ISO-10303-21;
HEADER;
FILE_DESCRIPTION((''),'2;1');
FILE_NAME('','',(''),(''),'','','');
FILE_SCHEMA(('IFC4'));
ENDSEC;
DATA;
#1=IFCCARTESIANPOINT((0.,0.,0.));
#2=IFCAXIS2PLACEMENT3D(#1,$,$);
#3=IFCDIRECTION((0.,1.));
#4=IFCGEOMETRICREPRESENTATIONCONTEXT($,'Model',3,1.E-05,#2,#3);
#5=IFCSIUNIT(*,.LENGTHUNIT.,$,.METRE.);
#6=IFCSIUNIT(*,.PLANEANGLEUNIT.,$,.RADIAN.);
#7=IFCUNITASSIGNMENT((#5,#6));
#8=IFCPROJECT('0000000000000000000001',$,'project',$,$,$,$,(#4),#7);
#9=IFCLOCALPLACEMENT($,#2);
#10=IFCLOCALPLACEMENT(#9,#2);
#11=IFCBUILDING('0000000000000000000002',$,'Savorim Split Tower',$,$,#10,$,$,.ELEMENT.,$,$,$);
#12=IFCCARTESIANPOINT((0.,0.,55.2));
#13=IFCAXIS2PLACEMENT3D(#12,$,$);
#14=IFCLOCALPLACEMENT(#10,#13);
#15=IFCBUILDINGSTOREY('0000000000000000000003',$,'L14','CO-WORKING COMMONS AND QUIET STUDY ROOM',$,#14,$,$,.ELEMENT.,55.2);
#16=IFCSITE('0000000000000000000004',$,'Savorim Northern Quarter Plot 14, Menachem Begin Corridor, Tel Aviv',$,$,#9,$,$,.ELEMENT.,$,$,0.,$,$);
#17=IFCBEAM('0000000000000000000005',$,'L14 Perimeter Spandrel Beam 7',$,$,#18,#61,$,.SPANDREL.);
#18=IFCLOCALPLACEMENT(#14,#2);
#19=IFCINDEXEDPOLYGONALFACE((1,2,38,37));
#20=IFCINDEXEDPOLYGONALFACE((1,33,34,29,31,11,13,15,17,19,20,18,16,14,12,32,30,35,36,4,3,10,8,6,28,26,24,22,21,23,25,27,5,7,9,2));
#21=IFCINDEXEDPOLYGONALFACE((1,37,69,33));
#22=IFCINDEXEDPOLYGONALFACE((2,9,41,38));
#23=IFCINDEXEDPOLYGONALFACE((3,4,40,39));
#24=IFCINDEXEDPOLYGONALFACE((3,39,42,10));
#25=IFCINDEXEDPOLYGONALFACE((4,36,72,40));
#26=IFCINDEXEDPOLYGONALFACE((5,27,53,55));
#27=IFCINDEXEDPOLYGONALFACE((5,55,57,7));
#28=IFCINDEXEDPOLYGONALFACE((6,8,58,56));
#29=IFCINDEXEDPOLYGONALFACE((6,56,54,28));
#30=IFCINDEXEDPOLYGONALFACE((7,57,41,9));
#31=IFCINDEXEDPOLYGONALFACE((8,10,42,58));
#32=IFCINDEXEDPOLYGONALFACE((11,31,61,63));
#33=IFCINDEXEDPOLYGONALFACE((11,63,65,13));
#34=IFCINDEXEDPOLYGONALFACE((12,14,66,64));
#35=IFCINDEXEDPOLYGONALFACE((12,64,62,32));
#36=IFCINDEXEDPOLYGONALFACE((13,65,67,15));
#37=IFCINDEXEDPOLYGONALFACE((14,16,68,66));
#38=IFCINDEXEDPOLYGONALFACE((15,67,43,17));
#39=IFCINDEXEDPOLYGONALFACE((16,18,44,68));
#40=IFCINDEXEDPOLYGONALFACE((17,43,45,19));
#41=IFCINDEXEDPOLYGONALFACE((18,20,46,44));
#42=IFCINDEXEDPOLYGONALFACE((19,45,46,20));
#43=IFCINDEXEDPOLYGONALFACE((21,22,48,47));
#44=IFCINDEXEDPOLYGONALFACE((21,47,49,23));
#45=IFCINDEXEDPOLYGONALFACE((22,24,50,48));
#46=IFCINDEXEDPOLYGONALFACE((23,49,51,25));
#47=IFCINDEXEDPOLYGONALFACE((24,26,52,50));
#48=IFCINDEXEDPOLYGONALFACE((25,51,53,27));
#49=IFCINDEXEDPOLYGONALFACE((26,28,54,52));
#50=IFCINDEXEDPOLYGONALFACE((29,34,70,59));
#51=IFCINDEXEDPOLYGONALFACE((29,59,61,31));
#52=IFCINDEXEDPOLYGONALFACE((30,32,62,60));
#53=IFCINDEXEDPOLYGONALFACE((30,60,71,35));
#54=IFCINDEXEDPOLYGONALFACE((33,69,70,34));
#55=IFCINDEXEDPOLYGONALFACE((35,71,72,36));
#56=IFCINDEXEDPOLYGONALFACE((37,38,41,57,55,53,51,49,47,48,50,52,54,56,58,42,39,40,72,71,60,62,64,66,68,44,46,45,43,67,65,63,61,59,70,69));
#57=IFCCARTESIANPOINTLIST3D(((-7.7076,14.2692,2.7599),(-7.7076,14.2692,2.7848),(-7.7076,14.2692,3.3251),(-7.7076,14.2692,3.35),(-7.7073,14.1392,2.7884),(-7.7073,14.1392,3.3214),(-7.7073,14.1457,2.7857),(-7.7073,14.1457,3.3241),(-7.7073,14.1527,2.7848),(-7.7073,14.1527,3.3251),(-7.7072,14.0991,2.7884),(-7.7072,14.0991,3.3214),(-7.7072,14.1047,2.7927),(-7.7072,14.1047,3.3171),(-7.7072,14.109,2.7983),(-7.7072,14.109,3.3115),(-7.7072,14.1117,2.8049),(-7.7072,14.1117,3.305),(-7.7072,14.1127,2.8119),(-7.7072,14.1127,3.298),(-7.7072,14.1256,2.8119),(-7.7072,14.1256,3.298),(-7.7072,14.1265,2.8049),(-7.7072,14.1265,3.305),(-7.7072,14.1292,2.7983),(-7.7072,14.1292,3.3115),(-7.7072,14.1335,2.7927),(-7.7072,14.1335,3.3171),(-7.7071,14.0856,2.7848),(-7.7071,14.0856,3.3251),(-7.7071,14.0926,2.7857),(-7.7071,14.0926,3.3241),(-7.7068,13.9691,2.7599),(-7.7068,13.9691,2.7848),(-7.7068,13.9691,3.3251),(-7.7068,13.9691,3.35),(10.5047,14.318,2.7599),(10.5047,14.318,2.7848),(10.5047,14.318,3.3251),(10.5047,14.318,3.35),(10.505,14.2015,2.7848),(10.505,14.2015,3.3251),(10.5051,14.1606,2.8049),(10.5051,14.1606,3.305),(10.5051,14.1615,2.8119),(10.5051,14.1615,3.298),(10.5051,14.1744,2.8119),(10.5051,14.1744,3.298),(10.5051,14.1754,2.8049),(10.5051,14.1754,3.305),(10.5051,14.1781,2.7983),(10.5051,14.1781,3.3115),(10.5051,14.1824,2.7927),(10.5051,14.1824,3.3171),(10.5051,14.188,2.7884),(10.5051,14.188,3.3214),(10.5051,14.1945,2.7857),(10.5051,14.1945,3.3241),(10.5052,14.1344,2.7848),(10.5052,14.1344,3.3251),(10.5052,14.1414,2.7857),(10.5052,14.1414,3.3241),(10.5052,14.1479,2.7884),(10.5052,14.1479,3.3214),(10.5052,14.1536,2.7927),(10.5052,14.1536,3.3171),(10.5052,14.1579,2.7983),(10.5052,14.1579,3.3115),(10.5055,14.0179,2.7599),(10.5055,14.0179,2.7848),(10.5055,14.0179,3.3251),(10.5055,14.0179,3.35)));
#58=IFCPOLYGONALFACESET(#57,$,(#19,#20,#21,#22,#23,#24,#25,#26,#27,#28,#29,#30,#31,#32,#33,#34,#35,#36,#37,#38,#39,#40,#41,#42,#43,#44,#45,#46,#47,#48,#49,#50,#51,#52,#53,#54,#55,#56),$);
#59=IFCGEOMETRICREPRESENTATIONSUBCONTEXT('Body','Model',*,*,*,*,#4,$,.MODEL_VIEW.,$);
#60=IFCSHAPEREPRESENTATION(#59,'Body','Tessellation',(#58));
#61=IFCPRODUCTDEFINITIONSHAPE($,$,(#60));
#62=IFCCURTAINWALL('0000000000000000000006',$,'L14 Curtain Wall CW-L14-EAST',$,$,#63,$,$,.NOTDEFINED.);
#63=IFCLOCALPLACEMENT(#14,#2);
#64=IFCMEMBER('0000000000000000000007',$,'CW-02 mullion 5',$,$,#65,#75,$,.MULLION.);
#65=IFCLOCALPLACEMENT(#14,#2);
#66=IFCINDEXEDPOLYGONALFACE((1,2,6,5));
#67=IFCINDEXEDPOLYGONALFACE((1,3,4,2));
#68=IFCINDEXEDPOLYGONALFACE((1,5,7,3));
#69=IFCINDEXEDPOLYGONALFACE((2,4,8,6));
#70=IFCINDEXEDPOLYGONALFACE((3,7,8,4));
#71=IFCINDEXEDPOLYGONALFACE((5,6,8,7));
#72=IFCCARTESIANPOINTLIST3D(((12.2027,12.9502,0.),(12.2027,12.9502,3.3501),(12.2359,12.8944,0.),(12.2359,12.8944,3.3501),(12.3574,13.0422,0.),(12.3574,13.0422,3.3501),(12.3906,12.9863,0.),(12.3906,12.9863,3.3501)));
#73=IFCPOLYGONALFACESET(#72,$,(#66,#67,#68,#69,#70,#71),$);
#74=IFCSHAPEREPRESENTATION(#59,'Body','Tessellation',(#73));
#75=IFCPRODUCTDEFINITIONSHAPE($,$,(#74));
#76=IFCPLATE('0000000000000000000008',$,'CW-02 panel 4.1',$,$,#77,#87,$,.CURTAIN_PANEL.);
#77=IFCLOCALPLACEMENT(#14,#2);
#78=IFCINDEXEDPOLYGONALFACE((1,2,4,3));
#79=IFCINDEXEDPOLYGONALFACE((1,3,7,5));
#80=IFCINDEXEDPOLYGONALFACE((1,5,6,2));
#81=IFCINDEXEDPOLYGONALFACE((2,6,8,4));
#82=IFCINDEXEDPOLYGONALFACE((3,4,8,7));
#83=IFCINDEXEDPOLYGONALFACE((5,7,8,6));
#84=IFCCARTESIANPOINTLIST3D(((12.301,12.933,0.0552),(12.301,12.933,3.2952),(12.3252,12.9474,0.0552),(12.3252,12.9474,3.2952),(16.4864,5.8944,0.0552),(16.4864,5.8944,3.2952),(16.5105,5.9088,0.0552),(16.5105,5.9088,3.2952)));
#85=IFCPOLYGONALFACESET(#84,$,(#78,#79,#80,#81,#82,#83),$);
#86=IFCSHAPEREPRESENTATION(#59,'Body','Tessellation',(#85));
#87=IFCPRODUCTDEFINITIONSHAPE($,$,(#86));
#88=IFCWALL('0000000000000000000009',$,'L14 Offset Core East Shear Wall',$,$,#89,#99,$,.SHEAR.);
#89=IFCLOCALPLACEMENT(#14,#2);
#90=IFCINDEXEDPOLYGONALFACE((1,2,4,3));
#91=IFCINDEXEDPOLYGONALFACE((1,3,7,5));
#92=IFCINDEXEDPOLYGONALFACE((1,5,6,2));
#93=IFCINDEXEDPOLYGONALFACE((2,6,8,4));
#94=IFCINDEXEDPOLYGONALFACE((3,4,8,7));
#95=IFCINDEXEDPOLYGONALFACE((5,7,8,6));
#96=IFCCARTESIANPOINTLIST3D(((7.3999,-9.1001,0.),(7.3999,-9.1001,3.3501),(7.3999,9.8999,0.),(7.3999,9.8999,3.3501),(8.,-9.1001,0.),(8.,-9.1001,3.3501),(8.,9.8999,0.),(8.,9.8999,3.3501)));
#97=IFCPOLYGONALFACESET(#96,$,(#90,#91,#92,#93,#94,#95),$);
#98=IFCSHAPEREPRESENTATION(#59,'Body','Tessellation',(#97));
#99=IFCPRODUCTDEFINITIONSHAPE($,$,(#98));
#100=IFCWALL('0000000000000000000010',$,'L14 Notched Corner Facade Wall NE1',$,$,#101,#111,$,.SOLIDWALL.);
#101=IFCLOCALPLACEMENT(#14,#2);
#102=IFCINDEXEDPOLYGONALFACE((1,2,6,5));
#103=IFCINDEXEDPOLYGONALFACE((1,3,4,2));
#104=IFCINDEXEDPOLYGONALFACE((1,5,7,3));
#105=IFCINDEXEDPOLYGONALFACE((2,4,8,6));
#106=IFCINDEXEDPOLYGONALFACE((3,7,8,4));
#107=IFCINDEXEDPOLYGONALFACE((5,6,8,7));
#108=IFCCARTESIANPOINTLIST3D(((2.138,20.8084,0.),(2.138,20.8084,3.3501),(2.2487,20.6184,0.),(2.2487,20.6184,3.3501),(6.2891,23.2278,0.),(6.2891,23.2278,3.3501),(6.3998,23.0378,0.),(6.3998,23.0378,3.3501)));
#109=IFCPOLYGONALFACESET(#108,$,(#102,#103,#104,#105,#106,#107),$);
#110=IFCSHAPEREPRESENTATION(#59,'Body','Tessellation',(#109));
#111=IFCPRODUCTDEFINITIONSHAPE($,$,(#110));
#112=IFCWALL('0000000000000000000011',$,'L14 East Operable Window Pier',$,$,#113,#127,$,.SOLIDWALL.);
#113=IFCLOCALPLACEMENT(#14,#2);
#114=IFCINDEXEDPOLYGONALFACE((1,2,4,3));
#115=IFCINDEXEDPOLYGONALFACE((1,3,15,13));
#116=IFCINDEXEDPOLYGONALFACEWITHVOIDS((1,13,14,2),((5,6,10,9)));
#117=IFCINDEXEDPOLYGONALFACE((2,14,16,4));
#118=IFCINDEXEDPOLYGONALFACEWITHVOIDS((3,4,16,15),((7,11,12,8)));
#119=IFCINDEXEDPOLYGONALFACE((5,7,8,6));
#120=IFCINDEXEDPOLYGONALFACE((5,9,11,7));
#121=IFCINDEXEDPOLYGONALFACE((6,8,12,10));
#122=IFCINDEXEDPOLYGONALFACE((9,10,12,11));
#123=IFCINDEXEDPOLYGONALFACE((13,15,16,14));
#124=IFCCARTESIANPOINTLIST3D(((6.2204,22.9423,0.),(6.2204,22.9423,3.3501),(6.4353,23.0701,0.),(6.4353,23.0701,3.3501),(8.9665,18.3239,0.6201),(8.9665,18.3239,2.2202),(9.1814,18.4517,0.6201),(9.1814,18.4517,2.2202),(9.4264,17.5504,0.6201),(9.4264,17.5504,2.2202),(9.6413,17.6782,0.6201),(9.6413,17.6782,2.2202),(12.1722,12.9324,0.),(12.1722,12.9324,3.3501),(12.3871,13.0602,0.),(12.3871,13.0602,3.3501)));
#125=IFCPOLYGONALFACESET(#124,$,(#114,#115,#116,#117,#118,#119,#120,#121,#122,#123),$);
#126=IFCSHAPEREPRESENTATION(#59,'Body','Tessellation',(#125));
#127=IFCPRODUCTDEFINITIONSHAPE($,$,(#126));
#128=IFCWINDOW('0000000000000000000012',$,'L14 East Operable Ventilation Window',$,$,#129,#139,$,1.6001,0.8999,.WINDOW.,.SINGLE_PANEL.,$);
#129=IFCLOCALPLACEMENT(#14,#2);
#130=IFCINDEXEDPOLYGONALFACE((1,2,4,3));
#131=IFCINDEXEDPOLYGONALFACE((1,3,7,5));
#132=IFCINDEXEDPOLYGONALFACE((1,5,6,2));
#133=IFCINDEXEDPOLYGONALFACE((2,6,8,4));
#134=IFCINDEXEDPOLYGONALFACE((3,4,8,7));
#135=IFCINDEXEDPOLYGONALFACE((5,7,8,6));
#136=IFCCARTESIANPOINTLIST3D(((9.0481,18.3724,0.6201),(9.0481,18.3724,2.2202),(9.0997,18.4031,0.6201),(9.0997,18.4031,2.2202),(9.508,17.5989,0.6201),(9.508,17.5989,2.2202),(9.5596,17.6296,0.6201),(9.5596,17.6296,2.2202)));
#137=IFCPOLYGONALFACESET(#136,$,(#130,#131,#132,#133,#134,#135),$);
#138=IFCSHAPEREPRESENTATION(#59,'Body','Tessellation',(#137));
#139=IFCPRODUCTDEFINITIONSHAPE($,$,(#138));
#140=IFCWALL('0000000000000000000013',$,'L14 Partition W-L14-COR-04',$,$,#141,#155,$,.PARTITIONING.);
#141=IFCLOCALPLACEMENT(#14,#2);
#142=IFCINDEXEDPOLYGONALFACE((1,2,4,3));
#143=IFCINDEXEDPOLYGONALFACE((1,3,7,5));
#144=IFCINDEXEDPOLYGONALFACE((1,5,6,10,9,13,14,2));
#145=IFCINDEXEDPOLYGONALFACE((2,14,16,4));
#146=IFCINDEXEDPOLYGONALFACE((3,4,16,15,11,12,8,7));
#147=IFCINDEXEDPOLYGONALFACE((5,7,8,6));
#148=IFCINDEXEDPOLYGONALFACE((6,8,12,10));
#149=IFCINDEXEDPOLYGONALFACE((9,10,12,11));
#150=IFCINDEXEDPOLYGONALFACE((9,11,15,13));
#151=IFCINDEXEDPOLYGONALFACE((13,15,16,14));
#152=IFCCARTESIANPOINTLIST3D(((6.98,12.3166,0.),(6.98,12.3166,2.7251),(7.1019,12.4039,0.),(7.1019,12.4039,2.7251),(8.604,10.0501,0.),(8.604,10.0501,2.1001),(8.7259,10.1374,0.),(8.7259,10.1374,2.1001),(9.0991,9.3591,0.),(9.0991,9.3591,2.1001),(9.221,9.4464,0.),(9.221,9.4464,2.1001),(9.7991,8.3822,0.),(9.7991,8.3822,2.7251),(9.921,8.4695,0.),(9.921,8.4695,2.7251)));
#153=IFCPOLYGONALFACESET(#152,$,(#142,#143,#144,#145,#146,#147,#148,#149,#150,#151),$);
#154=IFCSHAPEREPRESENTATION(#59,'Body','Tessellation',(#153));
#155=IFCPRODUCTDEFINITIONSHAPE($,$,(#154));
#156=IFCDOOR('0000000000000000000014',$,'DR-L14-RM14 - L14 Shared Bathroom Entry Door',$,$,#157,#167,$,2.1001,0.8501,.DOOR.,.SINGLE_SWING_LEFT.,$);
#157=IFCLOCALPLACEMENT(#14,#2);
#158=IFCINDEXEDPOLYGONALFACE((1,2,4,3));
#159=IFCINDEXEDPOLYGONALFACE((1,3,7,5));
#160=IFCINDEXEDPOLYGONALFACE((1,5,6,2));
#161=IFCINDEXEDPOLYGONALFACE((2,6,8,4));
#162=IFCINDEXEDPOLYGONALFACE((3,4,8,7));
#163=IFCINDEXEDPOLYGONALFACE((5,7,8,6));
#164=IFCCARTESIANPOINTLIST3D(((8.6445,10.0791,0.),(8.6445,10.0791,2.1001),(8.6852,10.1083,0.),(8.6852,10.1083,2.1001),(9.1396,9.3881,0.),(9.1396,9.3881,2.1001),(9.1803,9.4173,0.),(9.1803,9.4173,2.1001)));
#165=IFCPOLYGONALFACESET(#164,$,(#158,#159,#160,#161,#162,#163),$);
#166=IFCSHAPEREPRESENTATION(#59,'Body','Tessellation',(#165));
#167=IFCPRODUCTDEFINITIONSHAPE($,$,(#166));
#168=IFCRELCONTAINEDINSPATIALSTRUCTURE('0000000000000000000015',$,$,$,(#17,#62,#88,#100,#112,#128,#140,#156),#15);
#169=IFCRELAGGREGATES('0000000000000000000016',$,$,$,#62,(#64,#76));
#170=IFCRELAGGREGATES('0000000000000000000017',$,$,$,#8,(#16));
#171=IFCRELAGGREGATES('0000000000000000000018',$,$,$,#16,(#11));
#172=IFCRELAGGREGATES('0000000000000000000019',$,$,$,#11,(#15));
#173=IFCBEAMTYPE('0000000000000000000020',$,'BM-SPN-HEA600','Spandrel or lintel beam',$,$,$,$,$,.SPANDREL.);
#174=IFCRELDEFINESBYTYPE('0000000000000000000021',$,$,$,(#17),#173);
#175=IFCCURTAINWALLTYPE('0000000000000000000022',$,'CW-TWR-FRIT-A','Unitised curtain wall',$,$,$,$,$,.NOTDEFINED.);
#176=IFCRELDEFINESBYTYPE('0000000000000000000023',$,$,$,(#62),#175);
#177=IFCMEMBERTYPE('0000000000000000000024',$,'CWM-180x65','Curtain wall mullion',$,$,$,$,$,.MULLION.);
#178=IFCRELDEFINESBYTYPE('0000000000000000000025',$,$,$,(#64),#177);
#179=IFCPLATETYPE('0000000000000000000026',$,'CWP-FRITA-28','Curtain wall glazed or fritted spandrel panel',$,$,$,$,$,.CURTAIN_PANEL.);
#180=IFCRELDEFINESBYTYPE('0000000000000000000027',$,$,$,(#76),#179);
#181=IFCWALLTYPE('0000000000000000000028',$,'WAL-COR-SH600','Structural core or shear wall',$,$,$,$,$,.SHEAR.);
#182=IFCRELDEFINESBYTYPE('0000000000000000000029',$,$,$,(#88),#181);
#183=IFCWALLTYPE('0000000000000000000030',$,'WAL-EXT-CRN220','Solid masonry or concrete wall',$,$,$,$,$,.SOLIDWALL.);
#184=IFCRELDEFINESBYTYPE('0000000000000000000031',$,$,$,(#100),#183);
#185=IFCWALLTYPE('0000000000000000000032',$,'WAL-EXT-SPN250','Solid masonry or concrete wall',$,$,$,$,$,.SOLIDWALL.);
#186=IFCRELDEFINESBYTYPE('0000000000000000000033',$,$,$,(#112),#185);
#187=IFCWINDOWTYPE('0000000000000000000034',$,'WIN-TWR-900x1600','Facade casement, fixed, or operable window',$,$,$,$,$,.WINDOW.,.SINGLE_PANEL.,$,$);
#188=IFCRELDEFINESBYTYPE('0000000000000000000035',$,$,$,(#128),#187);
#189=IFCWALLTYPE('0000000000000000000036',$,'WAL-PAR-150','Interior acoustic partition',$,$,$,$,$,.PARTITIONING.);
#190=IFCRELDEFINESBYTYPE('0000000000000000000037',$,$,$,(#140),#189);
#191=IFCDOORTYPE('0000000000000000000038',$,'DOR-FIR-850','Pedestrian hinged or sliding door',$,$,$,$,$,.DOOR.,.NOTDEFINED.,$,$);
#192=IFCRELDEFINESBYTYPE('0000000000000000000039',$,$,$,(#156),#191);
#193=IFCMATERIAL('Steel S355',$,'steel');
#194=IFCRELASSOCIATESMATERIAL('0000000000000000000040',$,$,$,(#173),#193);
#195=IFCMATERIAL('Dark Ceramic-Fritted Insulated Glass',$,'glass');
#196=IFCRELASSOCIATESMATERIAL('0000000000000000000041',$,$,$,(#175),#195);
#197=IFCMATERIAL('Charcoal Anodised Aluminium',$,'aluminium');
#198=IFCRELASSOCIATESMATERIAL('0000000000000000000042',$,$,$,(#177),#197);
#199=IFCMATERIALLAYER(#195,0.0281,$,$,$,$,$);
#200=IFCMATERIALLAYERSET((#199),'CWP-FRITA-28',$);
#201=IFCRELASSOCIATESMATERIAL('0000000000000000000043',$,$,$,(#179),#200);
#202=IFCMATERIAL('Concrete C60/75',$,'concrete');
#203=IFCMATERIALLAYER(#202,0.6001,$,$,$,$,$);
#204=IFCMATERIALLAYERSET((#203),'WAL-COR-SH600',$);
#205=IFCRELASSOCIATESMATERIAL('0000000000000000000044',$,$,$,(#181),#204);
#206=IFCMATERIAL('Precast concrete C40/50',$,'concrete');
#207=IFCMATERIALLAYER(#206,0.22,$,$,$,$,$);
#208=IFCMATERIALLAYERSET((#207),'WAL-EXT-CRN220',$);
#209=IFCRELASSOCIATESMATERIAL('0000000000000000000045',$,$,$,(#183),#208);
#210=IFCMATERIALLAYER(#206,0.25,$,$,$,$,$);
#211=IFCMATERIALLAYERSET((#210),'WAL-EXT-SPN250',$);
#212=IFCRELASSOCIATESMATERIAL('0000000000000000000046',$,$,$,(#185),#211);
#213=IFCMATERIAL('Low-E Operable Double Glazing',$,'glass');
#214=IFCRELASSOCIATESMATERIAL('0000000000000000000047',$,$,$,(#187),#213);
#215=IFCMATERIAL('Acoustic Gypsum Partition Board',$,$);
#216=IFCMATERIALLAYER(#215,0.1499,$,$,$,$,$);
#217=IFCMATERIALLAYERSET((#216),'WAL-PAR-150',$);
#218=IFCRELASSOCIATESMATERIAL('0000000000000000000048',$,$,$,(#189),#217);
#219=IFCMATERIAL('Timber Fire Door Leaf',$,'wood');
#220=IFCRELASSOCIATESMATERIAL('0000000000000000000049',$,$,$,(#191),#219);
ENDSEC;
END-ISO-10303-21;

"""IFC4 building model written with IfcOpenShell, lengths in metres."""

from ifc_helpers import new_model, si_unit, direction, frame, frame_2d, origin, origin_2d, place, context, subcontext, project, spatial, rectangle, i_section, extrude, material, layer, layer_set, material_profile, profile_set, type_object, element, fill, aggregate, save


model = new_model("IFC4")

# Units and contexts
model_context = context("Model", 3, precision=1e-05, world=origin(), true_north=direction((0.0, 1.0)))
body_context = subcontext(model_context, "Body", "Model", "MODEL_VIEW")
ifc_project = project(units=[si_unit("LENGTHUNIT", "METRE"), si_unit("PLANEANGLEUNIT", "RADIAN")], contexts=[model_context])

# Site, building, storey
site_placement = place(None, origin())
site = spatial("IfcSite", under=ifc_project, at=site_placement, Name="Savorim Northern Quarter Plot 14, Menachem Begin Corridor, Tel Aviv", CompositionType="ELEMENT", RefElevation=0.0)
building_placement = place(site_placement, origin())
building = spatial("IfcBuilding", under=site, at=building_placement, Name="Savorim Split Tower", CompositionType="ELEMENT")
storey_placement = place(building_placement, frame((0.0, 0.0, 55.2)))
storey = spatial("IfcBuildingStorey", under=building, at=storey_placement, Name="L14", Description="CO-WORKING COMMONS AND QUIET STUDY ROOM", CompositionType="ELEMENT", Elevation=55.2)

# Beam
ifc_material_1 = material(Name="Steel S355", Category="steel")
ifc_material_profile_1 = material_profile(ifc_material_1, i_section(OverallWidth=0.3, OverallDepth=0.5901, WebThickness=0.0129, FlangeThickness=0.0249, FilletRadius=0.0271, at=origin_2d()), Name="HEA 600")
ifc_profile_set_1 = profile_set([ifc_material_profile_1], Name="Steel S355")
beam_type_1 = type_object("IfcBeamType", Name="BM-SPN-HEA600", Description="Spandrel or lintel beam", PredefinedType="SPANDREL", material=ifc_profile_set_1)
beam_1_placement = place(storey_placement, frame((10.5051, 14.168, 3.0549), z_axis=(-0.999996, -0.002681, 0.0), x_axis=(0.002681, -0.999996, 0.0)))
element("IfcBeam", 1, at=beam_1_placement, inside=storey, type_object=beam_type_1, Name="L14 Perimeter Spandrel Beam 7", PredefinedType="SPANDREL", context=body_context, shape_type="SweptSolid", body=[
    extrude(i_section(OverallWidth=0.3, OverallDepth=0.5901, WebThickness=0.0129, FlangeThickness=0.0249, FilletRadius=0.0271, at=origin_2d()), origin(), (0.0, 0.0, 1.0), 18.2124),
])

# Curtain wall, member, plate
ifc_material_2 = material(Name="Dark Ceramic-Fritted Insulated Glass", Category="glass")
curtain_wall_type = type_object("IfcCurtainWallType", Name="CW-TWR-FRIT-A", Description="Unitised curtain wall", PredefinedType="NOTDEFINED", material=ifc_material_2)
curtain_wall_placement = place(storey_placement, origin())
curtain_wall = element("IfcCurtainWall", 2, at=curtain_wall_placement, inside=storey, type_object=curtain_wall_type, Name="L14 Curtain Wall CW-L14-EAST", PredefinedType="NOTDEFINED")
ifc_material_3 = material(Name="Charcoal Anodised Aluminium", Category="aluminium")
ifc_material_profile_2 = material_profile(ifc_material_3, rectangle(XDim=0.1799, YDim=0.0649, at=origin_2d()), Name="ALU-M 180x65")
ifc_profile_set_2 = profile_set([ifc_material_profile_2], Name="Charcoal Anodised Aluminium")
member_type = type_object("IfcMemberType", Name="CWM-180x65", Description="Curtain wall mullion", PredefinedType="MULLION", material=ifc_profile_set_2)
member_placement = place(storey_placement, frame((12.2966, 12.9683, 0.0), z_axis=(0.0, 0.0, 1.0), x_axis=(-0.859526, -0.511092, 0.0)))
member = element("IfcMember", 3, at=member_placement, type_object=member_type, Name="CW-02 mullion 5", PredefinedType="MULLION", context=body_context, shape_type="SweptSolid", body=[
    extrude(rectangle(XDim=0.1799, YDim=0.0649, at=origin_2d()), origin(), (0.0, 0.0, 1.0), 3.3501),
])
ifc_layer_1 = layer(ifc_material_2, 0.0281)
ifc_layer_set_1 = layer_set([ifc_layer_1], Name="CWP-FRITA-28")
plate_type = type_object("IfcPlateType", Name="CWP-FRITA-28", Description="Curtain wall glazed or fritted spandrel panel", PredefinedType="CURTAIN_PANEL", material=ifc_layer_set_1)
plate_placement = place(storey_placement, frame((14.4058, 9.4209, 0.0552), z_axis=(0.0, 0.0, 1.0), x_axis=(-0.511092, 0.859526, 0.0)))
plate = element("IfcPlate", 4, at=plate_placement, type_object=plate_type, Name="CW-02 panel 4.1", PredefinedType="CURTAIN_PANEL", context=body_context, shape_type="SweptSolid", body=[
    extrude(rectangle(XDim=8.189, YDim=0.0281, at=origin_2d()), origin(), (0.0, 0.0, 1.0), 3.24),
])
aggregate(curtain_wall, [member, plate])

# Shared definitions
ifc_material_4 = material(Name="Concrete C60/75", Category="concrete")
ifc_layer_2 = layer(ifc_material_4, 0.6001)
ifc_layer_set_2 = layer_set([ifc_layer_2], Name="WAL-COR-SH600")
wall_type_1 = type_object("IfcWallType", Name="WAL-COR-SH600", Description="Structural core or shear wall", PredefinedType="SHEAR", material=ifc_layer_set_2)
ifc_material_5 = material(Name="Timber Fire Door Leaf", Category="wood")

# Walls
wall_1_placement = place(storey_placement, frame((7.7, 9.8999, 0.0), z_axis=(0.0, 0.0, 1.0), x_axis=(0.0, -1.0, 0.0)))
element("IfcWall", 5, at=wall_1_placement, inside=storey, type_object=wall_type_1, Name="L14 Offset Core East Shear Wall", PredefinedType="SHEAR", context=body_context, shape_type="SweptSolid", body=[
    extrude(rectangle(XDim=19.0, YDim=0.6001, at=frame_2d((9.5, 0.0))), origin(), (0.0, 0.0, 1.0), 3.3501),
])
ifc_material_6 = material(Name="Precast concrete C40/50", Category="concrete")
ifc_layer_3 = layer(ifc_material_6, 0.22)
ifc_layer_set_3 = layer_set([ifc_layer_3], Name="WAL-EXT-CRN220")
wall_type_2 = type_object("IfcWallType", Name="WAL-EXT-CRN220", Description="Solid masonry or concrete wall", PredefinedType="SOLIDWALL", material=ifc_layer_set_3)
wall_2_placement = place(storey_placement, frame((2.1934, 20.7134, 0.0), z_axis=(0.0, 0.0, 1.0), x_axis=(0.863965, 0.503552, 0.0)))
element("IfcWall", 6, at=wall_2_placement, inside=storey, type_object=wall_type_2, Name="L14 Notched Corner Facade Wall NE1", PredefinedType="SOLIDWALL", context=body_context, shape_type="SweptSolid", body=[
    extrude(rectangle(XDim=4.8047, YDim=0.22, at=frame_2d((2.4023, 0.0))), origin(), (0.0, 0.0, 1.0), 3.3501),
])

# Wall, opening, window
ifc_layer_4 = layer(ifc_material_6, 0.25)
ifc_layer_set_4 = layer_set([ifc_layer_4], Name="WAL-EXT-SPN250")
wall_type_3 = type_object("IfcWallType", Name="WAL-EXT-SPN250", Description="Solid masonry or concrete wall", PredefinedType="SOLIDWALL", material=ifc_layer_set_4)
wall_3_placement = place(storey_placement, frame((6.3279, 23.0061, 0.0), z_axis=(0.0, 0.0, 1.0), x_axis=(0.511076, -0.859536, 0.0)))
wall_3 = element("IfcWall", 7, at=wall_3_placement, inside=storey, type_object=wall_type_3, Name="L14 East Operable Window Pier", PredefinedType="SOLIDWALL", context=body_context, shape_type="SweptSolid", body=[
    extrude(rectangle(XDim=11.6458, YDim=0.25, at=frame_2d((5.8228, 0.0))), origin(), (0.0, 0.0, 1.0), 3.3501),
])
opening_1_placement = place(wall_3_placement, frame((5.373, 0.0, 0.6201)))
opening_1 = element("IfcOpeningElement", 8, at=opening_1_placement, cuts=wall_3, PredefinedType="OPENING", context=body_context, shape_type="SweptSolid", body=[
    extrude(rectangle(XDim=0.8999, YDim=1.6001, at=frame_2d((0.45, 0.8))), frame((0.0, 0.135, 0.0), z_axis=(0.0, -1.0, 0.0), x_axis=(1.0, 0.0, 0.0)), (0.0, 0.0, 1.0), 0.27),
])
ifc_material_7 = material(Name="Low-E Operable Double Glazing", Category="glass")
window_type = type_object("IfcWindowType", Name="WIN-TWR-900x1600", Description="Facade casement, fixed, or operable window", PartitioningType="SINGLE_PANEL", PredefinedType="WINDOW", material=ifc_material_7)
window_placement = place(opening_1_placement, origin())
window = element("IfcWindow", 9, at=window_placement, inside=storey, type_object=window_type, Name="L14 East Operable Ventilation Window", OverallHeight=1.6001, OverallWidth=0.8999, PartitioningType="SINGLE_PANEL", PredefinedType="WINDOW", context=body_context, shape_type="SweptSolid", body=[
    extrude(rectangle(XDim=0.8999, YDim=1.6001, at=frame_2d((0.45, 0.8))), frame((0.0, 0.03, 0.0), z_axis=(0.0, -1.0, 0.0), x_axis=(1.0, 0.0, 0.0)), (0.0, 0.0, 1.0), 0.0601),
])
fill(opening_1, window)

# Wall, opening, door
ifc_material_8 = material(Name="Acoustic Gypsum Partition Board")
ifc_layer_5 = layer(ifc_material_8, 0.1499)
ifc_layer_set_5 = layer_set([ifc_layer_5], Name="WAL-PAR-150")
wall_type_4 = type_object("IfcWallType", Name="WAL-PAR-150", Description="Interior acoustic partition", PredefinedType="PARTITIONING", material=ifc_layer_set_5)
wall_4_placement = place(storey_placement, frame((7.041, 12.3601, 0.0), z_axis=(0.0, 0.0, 1.0), x_axis=(0.58245, -0.812867, 0.0)))
wall_4 = element("IfcWall", 10, at=wall_4_placement, inside=storey, type_object=wall_type_4, Name="L14 Partition W-L14-COR-04", PredefinedType="PARTITIONING", context=body_context, shape_type="SweptSolid", body=[
    extrude(rectangle(XDim=4.8401, YDim=0.1499, at=frame_2d((2.4199, 0.0))), origin(), (0.0, 0.0, 1.0), 2.7251),
])
opening_2_placement = place(wall_4_placement, frame((2.7881, 0.0, 0.0)))
opening_2 = element("IfcOpeningElement", 11, at=opening_2_placement, cuts=wall_4, PredefinedType="OPENING", context=body_context, shape_type="SweptSolid", body=[
    extrude(rectangle(XDim=0.8501, YDim=2.1001, at=frame_2d((0.425, 1.05))), frame((0.0, 0.085, 0.0), z_axis=(0.0, -1.0, 0.0), x_axis=(1.0, 0.0, 0.0)), (0.0, 0.0, 1.0), 0.1699),
])
door_type_1 = type_object("IfcDoorType", Name="DOR-FIR-850", Description="Pedestrian hinged or sliding door", OperationType="NOTDEFINED", PredefinedType="DOOR", material=ifc_material_5)
door_1_placement = place(opening_2_placement, origin())
door_1 = element("IfcDoor", 12, at=door_1_placement, inside=storey, type_object=door_type_1, Name="DR-L14-RM14 - L14 Shared Bathroom Entry Door", OperationType="SINGLE_SWING_LEFT", OverallHeight=2.1001, OverallWidth=0.8501, PredefinedType="DOOR", context=body_context, shape_type="SweptSolid", body=[
    extrude(rectangle(XDim=0.8501, YDim=2.1001, at=frame_2d((0.425, 1.05))), frame((0.0, 0.0249, 0.0), z_axis=(0.0, -1.0, 0.0), x_axis=(1.0, 0.0, 0.0)), (0.0, 0.0, 1.0), 0.05),
])
fill(opening_2, door_1)

save(model, "model.ifc")
